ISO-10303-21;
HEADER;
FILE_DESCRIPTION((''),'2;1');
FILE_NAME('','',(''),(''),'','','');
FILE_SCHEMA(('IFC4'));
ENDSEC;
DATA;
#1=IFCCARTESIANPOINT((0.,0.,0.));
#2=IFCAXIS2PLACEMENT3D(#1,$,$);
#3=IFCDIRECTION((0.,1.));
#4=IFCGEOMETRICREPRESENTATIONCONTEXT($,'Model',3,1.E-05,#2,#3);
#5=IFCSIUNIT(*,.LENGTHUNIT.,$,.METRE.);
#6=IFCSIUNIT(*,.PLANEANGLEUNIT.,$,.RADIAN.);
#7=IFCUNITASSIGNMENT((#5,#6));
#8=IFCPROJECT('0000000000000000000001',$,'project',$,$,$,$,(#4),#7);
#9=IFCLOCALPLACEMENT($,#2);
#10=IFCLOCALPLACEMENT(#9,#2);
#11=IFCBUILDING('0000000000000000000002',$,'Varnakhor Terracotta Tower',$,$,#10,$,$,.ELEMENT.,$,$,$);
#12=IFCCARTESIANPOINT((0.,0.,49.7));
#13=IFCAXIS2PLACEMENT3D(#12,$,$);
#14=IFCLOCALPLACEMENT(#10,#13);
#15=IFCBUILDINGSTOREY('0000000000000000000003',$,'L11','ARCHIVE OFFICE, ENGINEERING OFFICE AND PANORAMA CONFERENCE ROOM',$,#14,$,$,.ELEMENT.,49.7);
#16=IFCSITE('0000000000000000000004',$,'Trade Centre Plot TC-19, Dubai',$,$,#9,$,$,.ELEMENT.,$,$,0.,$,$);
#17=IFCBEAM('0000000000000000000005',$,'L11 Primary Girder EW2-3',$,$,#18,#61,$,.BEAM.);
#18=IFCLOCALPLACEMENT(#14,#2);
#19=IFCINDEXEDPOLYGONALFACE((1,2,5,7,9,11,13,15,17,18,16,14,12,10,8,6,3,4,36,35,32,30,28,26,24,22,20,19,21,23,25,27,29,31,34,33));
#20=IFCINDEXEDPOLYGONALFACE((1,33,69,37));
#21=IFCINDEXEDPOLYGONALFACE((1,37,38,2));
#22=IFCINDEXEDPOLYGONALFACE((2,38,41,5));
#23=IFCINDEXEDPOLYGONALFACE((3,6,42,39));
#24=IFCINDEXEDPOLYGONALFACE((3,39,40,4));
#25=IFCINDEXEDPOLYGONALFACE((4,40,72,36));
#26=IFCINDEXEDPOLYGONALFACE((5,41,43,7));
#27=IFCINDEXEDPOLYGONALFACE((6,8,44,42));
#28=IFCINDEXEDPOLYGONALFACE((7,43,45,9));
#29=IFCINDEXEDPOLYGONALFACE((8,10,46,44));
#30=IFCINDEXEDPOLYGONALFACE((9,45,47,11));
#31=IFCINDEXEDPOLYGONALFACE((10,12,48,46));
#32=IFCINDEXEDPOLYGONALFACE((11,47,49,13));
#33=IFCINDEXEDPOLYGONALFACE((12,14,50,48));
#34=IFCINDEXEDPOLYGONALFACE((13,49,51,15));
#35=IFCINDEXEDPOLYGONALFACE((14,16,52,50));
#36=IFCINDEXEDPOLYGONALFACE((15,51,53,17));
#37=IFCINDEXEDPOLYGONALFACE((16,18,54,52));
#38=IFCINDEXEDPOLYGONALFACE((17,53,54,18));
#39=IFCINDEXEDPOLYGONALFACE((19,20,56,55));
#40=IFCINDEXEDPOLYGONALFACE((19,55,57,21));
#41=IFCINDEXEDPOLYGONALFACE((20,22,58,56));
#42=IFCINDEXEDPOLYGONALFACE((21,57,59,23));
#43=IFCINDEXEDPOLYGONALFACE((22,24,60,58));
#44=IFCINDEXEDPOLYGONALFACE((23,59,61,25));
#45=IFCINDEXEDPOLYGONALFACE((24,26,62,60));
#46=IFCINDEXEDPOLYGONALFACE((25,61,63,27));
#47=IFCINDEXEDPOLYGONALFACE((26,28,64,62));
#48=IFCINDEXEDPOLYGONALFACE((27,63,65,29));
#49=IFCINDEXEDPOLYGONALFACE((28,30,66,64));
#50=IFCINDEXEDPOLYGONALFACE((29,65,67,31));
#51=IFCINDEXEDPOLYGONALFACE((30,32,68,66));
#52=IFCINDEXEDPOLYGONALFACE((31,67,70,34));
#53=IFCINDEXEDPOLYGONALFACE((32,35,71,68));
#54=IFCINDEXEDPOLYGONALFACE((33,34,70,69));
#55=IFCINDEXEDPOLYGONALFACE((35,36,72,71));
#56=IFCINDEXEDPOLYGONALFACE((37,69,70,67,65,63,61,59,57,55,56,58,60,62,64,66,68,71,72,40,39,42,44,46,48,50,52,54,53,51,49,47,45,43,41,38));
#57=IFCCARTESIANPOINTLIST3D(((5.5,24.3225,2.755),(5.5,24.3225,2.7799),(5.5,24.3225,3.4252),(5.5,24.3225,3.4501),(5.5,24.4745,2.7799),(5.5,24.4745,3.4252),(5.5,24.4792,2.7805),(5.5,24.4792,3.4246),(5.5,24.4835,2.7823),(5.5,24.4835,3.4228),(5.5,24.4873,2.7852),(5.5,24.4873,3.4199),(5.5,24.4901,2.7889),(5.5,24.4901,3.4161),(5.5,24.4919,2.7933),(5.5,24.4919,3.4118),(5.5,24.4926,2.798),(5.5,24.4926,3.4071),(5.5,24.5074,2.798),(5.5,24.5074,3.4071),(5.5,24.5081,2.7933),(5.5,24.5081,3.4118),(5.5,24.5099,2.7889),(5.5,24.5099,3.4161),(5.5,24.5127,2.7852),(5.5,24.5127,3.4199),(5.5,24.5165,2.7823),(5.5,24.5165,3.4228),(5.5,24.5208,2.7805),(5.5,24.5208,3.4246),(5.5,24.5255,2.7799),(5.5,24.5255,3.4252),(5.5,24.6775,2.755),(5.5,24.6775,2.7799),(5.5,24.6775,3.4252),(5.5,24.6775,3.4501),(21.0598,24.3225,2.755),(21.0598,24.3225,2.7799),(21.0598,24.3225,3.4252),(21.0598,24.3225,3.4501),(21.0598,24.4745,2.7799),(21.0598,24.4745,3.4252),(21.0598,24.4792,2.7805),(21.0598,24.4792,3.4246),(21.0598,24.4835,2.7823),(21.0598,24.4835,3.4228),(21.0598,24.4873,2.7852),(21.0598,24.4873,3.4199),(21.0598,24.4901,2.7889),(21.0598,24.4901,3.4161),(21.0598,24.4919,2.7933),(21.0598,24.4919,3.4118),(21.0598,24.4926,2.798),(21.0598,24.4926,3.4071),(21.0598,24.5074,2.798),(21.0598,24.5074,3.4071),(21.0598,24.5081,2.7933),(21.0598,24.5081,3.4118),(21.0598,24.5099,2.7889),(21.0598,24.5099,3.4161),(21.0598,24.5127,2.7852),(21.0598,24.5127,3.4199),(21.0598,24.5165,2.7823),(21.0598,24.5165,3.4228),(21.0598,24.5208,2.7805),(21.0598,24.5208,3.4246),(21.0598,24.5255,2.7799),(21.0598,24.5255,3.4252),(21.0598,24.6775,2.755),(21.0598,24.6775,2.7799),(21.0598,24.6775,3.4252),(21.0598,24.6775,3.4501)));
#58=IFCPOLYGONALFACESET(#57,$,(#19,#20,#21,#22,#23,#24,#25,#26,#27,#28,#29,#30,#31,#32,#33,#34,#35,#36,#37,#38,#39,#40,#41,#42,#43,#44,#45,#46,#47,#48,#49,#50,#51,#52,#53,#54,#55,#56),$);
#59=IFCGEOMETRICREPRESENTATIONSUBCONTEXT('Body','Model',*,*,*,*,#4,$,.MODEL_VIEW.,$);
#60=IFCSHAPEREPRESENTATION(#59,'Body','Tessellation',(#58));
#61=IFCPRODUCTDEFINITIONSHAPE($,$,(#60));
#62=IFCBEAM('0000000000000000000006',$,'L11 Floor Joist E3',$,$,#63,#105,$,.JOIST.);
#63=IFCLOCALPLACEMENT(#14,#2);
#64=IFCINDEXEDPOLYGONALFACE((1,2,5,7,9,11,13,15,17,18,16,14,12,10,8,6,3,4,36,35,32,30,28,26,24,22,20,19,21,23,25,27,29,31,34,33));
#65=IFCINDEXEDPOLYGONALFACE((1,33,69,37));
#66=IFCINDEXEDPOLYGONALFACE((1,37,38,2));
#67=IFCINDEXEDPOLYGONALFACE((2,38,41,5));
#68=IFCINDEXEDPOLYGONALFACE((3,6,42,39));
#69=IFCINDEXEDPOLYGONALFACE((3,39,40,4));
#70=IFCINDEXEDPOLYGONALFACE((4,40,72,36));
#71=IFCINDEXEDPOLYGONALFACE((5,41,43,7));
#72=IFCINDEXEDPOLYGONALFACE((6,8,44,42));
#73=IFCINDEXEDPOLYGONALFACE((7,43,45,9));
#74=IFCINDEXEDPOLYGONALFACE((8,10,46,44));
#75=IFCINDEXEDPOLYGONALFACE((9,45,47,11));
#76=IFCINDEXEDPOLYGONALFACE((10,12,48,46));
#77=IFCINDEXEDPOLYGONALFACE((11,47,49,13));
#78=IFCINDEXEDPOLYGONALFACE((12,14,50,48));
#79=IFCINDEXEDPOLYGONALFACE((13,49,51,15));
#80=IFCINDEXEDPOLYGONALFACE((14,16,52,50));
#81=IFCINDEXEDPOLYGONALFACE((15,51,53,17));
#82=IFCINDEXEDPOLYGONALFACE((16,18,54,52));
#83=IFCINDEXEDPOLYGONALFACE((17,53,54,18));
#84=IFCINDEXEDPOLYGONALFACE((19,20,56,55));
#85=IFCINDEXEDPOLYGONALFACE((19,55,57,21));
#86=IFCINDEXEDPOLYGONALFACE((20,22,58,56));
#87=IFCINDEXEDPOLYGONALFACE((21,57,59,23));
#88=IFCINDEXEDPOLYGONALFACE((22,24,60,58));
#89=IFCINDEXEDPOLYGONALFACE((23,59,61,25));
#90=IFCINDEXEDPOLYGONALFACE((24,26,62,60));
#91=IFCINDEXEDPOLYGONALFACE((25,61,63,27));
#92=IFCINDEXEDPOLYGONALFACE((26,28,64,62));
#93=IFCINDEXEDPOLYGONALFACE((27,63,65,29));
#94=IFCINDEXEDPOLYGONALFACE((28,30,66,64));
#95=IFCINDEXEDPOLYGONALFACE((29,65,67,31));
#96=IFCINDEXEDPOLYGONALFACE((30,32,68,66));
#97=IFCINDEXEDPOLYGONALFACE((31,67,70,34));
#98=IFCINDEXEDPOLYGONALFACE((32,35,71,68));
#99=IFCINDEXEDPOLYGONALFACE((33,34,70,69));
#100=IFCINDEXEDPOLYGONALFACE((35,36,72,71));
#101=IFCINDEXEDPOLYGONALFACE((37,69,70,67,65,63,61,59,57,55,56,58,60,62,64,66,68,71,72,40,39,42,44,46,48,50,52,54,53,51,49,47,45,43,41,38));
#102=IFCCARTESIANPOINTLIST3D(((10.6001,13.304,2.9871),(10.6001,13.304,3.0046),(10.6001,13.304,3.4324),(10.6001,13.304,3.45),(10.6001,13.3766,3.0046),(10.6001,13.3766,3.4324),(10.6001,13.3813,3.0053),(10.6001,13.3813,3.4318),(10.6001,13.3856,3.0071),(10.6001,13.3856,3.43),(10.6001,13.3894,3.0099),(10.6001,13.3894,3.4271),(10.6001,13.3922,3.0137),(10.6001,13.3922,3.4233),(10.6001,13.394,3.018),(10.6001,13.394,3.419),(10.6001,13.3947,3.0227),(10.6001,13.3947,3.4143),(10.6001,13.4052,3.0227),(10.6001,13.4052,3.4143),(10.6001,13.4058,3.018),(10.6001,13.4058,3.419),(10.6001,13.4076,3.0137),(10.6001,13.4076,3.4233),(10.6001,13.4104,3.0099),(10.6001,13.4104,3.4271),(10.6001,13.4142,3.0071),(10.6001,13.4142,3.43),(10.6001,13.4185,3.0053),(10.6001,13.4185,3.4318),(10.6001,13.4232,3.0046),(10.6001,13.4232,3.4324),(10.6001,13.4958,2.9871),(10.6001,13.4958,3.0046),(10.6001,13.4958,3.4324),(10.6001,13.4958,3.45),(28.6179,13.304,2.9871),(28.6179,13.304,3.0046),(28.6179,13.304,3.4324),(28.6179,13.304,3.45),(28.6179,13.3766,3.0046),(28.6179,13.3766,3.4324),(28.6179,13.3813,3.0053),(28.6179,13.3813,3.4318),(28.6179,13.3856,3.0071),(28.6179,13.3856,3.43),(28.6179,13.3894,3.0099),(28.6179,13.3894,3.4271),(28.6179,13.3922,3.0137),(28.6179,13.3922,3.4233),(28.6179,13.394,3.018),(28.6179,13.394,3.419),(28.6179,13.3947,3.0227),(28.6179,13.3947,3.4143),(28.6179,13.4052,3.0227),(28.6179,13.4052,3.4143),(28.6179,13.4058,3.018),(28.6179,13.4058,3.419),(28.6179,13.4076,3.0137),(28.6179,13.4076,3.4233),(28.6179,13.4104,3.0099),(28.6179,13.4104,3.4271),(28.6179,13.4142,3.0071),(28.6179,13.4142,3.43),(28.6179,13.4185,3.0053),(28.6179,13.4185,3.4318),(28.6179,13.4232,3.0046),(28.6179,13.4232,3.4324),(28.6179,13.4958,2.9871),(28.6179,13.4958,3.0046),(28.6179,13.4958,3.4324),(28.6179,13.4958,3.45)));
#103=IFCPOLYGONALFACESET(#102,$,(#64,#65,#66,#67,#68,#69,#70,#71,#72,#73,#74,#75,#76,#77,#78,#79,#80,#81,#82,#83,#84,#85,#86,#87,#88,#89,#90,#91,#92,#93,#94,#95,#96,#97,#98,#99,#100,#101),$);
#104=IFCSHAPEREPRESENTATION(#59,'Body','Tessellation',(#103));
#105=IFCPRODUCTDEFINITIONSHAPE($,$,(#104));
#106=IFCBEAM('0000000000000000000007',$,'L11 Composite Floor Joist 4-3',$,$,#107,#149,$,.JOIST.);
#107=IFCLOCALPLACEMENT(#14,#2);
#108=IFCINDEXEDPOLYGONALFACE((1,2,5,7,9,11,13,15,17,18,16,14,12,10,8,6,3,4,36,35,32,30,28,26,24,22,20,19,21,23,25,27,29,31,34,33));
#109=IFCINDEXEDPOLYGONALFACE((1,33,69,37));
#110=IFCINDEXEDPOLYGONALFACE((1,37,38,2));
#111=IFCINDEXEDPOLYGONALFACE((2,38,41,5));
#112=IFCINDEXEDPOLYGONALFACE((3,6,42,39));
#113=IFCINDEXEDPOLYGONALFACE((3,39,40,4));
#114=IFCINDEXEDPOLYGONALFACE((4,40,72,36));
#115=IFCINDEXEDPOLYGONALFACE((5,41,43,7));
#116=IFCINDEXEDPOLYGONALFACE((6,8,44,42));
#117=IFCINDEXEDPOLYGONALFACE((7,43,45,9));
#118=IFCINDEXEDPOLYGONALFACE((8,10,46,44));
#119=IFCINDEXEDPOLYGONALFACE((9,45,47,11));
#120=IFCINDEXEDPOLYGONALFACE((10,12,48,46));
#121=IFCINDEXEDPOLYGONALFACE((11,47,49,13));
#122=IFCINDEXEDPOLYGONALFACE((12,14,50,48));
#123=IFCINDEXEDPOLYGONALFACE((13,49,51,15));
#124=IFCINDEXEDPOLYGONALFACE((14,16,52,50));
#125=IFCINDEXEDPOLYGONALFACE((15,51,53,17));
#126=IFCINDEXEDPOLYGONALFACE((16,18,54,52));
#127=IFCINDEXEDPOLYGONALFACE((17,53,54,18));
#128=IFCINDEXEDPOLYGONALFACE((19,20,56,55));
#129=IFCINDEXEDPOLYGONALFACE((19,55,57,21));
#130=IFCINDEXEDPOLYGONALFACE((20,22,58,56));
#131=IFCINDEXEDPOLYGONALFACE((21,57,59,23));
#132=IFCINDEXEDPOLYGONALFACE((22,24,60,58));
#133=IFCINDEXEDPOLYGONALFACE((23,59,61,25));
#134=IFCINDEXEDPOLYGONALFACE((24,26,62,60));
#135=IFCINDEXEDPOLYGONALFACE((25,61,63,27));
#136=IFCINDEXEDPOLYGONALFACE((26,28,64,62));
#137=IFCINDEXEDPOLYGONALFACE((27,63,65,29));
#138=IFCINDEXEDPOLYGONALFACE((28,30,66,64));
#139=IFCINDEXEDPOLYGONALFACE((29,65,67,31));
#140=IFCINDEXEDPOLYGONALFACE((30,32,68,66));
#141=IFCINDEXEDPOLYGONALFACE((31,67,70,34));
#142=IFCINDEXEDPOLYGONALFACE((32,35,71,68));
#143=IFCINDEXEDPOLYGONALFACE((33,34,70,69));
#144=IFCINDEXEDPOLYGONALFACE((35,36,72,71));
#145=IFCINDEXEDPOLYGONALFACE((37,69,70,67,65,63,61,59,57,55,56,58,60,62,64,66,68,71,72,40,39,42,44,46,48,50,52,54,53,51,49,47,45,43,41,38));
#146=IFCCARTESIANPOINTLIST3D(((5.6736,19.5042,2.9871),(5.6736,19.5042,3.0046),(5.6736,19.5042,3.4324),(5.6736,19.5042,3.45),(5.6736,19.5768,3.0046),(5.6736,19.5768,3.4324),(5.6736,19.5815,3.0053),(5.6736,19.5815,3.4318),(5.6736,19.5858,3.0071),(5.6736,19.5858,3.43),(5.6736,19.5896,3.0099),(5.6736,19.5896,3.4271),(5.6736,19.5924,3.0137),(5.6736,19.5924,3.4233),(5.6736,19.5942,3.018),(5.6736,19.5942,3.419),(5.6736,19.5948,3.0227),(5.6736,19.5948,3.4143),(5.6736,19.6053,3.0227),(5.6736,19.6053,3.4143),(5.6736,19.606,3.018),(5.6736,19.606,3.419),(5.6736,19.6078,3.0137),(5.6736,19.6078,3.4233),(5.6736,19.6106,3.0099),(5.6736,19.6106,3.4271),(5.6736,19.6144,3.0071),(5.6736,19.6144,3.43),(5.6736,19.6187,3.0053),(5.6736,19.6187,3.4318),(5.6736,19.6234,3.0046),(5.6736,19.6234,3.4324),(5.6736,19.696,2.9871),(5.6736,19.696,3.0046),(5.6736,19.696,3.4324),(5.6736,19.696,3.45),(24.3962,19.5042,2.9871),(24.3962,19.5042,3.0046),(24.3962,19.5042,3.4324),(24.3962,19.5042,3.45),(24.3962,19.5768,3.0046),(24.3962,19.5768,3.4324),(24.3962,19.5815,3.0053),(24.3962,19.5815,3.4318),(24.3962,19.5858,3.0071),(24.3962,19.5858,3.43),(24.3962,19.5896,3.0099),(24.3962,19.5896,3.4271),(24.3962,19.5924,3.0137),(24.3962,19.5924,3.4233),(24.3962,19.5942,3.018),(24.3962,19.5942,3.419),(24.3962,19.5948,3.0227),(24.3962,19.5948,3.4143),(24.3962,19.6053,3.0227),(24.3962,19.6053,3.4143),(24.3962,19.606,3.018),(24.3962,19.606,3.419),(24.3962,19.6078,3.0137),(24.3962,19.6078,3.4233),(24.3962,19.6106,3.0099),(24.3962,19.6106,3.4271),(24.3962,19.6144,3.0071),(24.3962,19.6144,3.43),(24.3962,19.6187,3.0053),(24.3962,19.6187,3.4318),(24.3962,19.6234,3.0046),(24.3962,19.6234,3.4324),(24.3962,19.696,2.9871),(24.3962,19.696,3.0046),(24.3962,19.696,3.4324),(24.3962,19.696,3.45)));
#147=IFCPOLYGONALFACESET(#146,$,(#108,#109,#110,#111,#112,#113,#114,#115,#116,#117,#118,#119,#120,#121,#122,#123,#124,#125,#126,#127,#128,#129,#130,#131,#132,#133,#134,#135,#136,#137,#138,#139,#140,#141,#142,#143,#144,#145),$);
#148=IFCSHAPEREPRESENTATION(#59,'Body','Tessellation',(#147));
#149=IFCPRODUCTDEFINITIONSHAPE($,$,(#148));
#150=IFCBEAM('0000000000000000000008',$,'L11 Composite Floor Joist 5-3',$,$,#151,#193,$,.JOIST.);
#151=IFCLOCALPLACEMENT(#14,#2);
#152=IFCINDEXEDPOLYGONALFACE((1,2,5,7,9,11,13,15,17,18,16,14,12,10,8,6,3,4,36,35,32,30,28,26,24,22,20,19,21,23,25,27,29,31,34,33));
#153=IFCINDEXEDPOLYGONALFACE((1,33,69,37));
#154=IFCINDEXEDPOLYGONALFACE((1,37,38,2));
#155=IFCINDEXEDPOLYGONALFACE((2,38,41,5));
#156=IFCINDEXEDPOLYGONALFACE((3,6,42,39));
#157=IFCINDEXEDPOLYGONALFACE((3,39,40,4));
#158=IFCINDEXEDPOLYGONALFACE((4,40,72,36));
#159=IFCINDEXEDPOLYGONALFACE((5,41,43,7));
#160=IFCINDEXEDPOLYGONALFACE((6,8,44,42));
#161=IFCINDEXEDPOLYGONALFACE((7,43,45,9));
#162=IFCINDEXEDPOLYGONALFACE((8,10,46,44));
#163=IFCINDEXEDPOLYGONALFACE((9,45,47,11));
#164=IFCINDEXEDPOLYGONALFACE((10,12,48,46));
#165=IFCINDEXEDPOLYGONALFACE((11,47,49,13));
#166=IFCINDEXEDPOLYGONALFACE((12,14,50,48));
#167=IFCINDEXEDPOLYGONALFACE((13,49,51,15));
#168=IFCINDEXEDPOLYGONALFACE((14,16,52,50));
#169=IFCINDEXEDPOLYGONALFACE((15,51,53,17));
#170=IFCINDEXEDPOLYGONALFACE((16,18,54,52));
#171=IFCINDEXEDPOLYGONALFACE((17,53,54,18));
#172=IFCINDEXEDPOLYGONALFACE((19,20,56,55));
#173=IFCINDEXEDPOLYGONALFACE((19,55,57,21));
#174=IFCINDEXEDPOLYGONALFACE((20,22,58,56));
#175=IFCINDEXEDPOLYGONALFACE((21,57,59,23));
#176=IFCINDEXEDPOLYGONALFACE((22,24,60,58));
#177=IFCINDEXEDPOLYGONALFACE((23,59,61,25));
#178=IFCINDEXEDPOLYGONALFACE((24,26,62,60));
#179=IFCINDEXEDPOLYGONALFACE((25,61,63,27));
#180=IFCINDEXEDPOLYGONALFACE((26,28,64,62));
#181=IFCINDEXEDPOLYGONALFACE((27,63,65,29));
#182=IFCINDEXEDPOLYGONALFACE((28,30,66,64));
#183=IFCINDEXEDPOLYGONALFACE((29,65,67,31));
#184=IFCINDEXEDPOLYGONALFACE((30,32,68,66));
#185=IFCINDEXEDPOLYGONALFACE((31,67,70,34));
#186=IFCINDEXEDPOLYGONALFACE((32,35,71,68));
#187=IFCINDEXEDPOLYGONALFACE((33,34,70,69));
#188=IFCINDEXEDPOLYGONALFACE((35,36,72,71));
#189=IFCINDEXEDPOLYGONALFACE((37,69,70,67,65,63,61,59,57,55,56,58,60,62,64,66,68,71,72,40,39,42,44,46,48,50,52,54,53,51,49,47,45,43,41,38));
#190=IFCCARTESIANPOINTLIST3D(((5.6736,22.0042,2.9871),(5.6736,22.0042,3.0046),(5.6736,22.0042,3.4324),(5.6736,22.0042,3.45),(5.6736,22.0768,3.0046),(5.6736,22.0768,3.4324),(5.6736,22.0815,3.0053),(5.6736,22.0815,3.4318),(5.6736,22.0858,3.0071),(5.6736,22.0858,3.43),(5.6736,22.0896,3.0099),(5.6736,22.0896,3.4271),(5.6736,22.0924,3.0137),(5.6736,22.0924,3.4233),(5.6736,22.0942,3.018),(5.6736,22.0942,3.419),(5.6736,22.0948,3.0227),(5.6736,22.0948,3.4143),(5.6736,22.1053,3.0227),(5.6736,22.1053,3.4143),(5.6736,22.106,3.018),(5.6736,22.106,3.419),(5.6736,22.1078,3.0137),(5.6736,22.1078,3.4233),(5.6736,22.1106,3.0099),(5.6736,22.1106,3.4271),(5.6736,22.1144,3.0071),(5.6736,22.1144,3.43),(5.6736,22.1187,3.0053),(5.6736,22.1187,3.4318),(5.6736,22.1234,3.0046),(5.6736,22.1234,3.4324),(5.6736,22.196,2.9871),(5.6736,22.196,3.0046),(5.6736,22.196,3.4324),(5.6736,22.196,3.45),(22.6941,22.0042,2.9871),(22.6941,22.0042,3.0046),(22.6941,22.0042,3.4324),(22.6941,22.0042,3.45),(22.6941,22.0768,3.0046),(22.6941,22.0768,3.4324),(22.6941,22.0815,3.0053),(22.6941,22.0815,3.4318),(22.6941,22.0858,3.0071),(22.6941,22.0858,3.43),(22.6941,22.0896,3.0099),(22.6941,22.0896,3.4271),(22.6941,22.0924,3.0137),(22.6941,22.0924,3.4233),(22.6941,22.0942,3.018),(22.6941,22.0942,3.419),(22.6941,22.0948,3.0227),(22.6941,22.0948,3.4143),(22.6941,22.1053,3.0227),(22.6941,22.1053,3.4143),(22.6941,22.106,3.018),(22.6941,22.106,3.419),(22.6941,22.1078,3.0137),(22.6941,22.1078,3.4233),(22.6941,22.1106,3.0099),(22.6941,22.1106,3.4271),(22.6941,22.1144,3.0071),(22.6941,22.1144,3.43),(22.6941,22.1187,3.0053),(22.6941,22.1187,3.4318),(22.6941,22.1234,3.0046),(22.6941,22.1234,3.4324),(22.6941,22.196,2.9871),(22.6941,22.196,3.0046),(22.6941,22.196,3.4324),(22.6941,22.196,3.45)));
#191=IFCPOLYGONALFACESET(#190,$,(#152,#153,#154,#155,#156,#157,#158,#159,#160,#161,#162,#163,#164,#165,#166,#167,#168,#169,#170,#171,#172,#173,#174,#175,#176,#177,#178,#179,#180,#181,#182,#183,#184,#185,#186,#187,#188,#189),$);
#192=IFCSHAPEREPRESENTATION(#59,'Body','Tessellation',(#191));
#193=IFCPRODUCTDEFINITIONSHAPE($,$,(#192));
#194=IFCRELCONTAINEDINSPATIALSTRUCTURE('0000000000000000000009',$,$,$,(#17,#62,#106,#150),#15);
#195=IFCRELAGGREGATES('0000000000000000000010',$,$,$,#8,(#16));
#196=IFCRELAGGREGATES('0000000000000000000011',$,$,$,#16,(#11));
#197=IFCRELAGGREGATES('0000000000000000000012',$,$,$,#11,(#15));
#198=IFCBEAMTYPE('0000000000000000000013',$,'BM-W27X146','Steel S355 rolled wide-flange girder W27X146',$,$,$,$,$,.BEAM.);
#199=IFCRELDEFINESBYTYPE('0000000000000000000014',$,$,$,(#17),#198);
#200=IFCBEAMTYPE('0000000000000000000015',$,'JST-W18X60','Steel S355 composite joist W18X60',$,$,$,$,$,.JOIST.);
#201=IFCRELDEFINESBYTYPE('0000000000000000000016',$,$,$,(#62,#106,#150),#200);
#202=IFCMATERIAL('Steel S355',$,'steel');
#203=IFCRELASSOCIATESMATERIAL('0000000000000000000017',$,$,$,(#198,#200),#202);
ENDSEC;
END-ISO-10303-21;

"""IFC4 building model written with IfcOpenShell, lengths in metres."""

from ifc_helpers import new_model, si_unit, direction, frame, origin, origin_2d, place, context, subcontext, project, spatial, i_section, extrude, source, transform, mapped, material, material_profile, profile_set, type_object, element, save


model = new_model("IFC4")

# Units and contexts
model_context = context("Model", 3, precision=1e-05, world=origin(), true_north=direction((0.0, 1.0)))
body_context = subcontext(model_context, "Body", "Model", "MODEL_VIEW")
ifc_project = project(units=[si_unit("LENGTHUNIT", "METRE"), si_unit("PLANEANGLEUNIT", "RADIAN")], contexts=[model_context])

# Site, building, storey
site_placement = place(None, origin())
site = spatial("IfcSite", under=ifc_project, at=site_placement, Name="Trade Centre Plot TC-19, Dubai", CompositionType="ELEMENT", RefElevation=0.0)
building_placement = place(site_placement, origin())
building = spatial("IfcBuilding", under=site, at=building_placement, Name="Varnakhor Terracotta Tower", CompositionType="ELEMENT")
storey_placement = place(building_placement, frame((0.0, 0.0, 49.7)))
storey = spatial("IfcBuildingStorey", under=building, at=storey_placement, Name="L11", Description="ARCHIVE OFFICE, ENGINEERING OFFICE AND PANORAMA CONFERENCE ROOM", CompositionType="ELEMENT", Elevation=49.7)

# Beams
ifc_material_1 = material(Name="Steel S355", Category="steel")
ifc_material_profile_1 = material_profile(ifc_material_1, i_section(OverallWidth=0.355, OverallDepth=0.6951, WebThickness=0.0149, FlangeThickness=0.0249, FilletRadius=0.0181, at=origin_2d()), Name="W27X146")
ifc_profile_set_1 = profile_set([ifc_material_profile_1], Name="Steel S355")
beam_type_1 = type_object("IfcBeamType", Name="BM-W27X146", Description="Steel S355 rolled wide-flange girder W27X146", PredefinedType="BEAM", material=ifc_profile_set_1)
shared_shape_1 = source(origin(), body_context, "Body", "SweptSolid", [
    extrude(i_section(OverallWidth=0.355, OverallDepth=0.6951, WebThickness=0.0149, FlangeThickness=0.0249, FilletRadius=0.0181, at=origin_2d()), origin(), (0.0, 0.0, 1.0), 15.5598),
])
beam_1_placement = place(storey_placement, frame((5.5, 24.5, 3.1025), z_axis=(1.0, 0.0, 0.0), x_axis=(0.0, 1.0, 0.0)))
element("IfcBeam", 1, at=beam_1_placement, inside=storey, type_object=beam_type_1, Name="L11 Primary Girder EW2-3", PredefinedType="BEAM", context=body_context, shape_type="MappedRepresentation", body=[
    mapped(shared_shape_1, transform((0.0, 0.0, 0.0), scale=1.0)),
])
ifc_material_profile_2 = material_profile(ifc_material_1, i_section(OverallWidth=0.1919, OverallDepth=0.4629, WebThickness=0.0105, FlangeThickness=0.0176, FilletRadius=0.0181, at=origin_2d()), Name="W18X60")
ifc_profile_set_2 = profile_set([ifc_material_profile_2], Name="Steel S355")
beam_type_2 = type_object("IfcBeamType", Name="JST-W18X60", Description="Steel S355 composite joist W18X60", PredefinedType="JOIST", material=ifc_profile_set_2)
shared_shape_2 = source(origin(), body_context, "Body", "SweptSolid", [
    extrude(i_section(OverallWidth=0.1919, OverallDepth=0.4629, WebThickness=0.0105, FlangeThickness=0.0176, FilletRadius=0.0181, at=origin_2d()), origin(), (0.0, 0.0, 1.0), 18.0178),
])
beam_2_placement = place(storey_placement, frame((10.6001, 13.3999, 3.2185), z_axis=(1.0, 0.0, 0.0), x_axis=(0.0, 1.0, 0.0)))
element("IfcBeam", 2, at=beam_2_placement, inside=storey, type_object=beam_type_2, Name="L11 Floor Joist E3", PredefinedType="JOIST", context=body_context, shape_type="MappedRepresentation", body=[
    mapped(shared_shape_2, transform((0.0, 0.0, 0.0), scale=1.0)),
])
shared_shape_3 = source(origin(), body_context, "Body", "SweptSolid", [
    extrude(i_section(OverallWidth=0.1919, OverallDepth=0.4629, WebThickness=0.0105, FlangeThickness=0.0176, FilletRadius=0.0181, at=origin_2d()), origin(), (0.0, 0.0, 1.0), 18.7227),
])
beam_3_placement = place(storey_placement, frame((5.6736, 19.6001, 3.2185), z_axis=(1.0, 0.0, 0.0), x_axis=(0.0, 1.0, 0.0)))
element("IfcBeam", 3, at=beam_3_placement, inside=storey, type_object=beam_type_2, Name="L11 Composite Floor Joist 4-3", PredefinedType="JOIST", context=body_context, shape_type="MappedRepresentation", body=[
    mapped(shared_shape_3, transform((0.0, 0.0, 0.0), scale=1.0)),
])
shared_shape_4 = source(origin(), body_context, "Body", "SweptSolid", [
    extrude(i_section(OverallWidth=0.1919, OverallDepth=0.4629, WebThickness=0.0105, FlangeThickness=0.0176, FilletRadius=0.0181, at=origin_2d()), origin(), (0.0, 0.0, 1.0), 17.0205),
])
beam_4_placement = place(storey_placement, frame((5.6736, 22.1001, 3.2185), z_axis=(1.0, 0.0, 0.0), x_axis=(0.0, 1.0, 0.0)))
element("IfcBeam", 4, at=beam_4_placement, inside=storey, type_object=beam_type_2, Name="L11 Composite Floor Joist 5-3", PredefinedType="JOIST", context=body_context, shape_type="MappedRepresentation", body=[
    mapped(shared_shape_4, transform((0.0, 0.0, 0.0), scale=1.0)),
])

save(model, "model.ifc")
